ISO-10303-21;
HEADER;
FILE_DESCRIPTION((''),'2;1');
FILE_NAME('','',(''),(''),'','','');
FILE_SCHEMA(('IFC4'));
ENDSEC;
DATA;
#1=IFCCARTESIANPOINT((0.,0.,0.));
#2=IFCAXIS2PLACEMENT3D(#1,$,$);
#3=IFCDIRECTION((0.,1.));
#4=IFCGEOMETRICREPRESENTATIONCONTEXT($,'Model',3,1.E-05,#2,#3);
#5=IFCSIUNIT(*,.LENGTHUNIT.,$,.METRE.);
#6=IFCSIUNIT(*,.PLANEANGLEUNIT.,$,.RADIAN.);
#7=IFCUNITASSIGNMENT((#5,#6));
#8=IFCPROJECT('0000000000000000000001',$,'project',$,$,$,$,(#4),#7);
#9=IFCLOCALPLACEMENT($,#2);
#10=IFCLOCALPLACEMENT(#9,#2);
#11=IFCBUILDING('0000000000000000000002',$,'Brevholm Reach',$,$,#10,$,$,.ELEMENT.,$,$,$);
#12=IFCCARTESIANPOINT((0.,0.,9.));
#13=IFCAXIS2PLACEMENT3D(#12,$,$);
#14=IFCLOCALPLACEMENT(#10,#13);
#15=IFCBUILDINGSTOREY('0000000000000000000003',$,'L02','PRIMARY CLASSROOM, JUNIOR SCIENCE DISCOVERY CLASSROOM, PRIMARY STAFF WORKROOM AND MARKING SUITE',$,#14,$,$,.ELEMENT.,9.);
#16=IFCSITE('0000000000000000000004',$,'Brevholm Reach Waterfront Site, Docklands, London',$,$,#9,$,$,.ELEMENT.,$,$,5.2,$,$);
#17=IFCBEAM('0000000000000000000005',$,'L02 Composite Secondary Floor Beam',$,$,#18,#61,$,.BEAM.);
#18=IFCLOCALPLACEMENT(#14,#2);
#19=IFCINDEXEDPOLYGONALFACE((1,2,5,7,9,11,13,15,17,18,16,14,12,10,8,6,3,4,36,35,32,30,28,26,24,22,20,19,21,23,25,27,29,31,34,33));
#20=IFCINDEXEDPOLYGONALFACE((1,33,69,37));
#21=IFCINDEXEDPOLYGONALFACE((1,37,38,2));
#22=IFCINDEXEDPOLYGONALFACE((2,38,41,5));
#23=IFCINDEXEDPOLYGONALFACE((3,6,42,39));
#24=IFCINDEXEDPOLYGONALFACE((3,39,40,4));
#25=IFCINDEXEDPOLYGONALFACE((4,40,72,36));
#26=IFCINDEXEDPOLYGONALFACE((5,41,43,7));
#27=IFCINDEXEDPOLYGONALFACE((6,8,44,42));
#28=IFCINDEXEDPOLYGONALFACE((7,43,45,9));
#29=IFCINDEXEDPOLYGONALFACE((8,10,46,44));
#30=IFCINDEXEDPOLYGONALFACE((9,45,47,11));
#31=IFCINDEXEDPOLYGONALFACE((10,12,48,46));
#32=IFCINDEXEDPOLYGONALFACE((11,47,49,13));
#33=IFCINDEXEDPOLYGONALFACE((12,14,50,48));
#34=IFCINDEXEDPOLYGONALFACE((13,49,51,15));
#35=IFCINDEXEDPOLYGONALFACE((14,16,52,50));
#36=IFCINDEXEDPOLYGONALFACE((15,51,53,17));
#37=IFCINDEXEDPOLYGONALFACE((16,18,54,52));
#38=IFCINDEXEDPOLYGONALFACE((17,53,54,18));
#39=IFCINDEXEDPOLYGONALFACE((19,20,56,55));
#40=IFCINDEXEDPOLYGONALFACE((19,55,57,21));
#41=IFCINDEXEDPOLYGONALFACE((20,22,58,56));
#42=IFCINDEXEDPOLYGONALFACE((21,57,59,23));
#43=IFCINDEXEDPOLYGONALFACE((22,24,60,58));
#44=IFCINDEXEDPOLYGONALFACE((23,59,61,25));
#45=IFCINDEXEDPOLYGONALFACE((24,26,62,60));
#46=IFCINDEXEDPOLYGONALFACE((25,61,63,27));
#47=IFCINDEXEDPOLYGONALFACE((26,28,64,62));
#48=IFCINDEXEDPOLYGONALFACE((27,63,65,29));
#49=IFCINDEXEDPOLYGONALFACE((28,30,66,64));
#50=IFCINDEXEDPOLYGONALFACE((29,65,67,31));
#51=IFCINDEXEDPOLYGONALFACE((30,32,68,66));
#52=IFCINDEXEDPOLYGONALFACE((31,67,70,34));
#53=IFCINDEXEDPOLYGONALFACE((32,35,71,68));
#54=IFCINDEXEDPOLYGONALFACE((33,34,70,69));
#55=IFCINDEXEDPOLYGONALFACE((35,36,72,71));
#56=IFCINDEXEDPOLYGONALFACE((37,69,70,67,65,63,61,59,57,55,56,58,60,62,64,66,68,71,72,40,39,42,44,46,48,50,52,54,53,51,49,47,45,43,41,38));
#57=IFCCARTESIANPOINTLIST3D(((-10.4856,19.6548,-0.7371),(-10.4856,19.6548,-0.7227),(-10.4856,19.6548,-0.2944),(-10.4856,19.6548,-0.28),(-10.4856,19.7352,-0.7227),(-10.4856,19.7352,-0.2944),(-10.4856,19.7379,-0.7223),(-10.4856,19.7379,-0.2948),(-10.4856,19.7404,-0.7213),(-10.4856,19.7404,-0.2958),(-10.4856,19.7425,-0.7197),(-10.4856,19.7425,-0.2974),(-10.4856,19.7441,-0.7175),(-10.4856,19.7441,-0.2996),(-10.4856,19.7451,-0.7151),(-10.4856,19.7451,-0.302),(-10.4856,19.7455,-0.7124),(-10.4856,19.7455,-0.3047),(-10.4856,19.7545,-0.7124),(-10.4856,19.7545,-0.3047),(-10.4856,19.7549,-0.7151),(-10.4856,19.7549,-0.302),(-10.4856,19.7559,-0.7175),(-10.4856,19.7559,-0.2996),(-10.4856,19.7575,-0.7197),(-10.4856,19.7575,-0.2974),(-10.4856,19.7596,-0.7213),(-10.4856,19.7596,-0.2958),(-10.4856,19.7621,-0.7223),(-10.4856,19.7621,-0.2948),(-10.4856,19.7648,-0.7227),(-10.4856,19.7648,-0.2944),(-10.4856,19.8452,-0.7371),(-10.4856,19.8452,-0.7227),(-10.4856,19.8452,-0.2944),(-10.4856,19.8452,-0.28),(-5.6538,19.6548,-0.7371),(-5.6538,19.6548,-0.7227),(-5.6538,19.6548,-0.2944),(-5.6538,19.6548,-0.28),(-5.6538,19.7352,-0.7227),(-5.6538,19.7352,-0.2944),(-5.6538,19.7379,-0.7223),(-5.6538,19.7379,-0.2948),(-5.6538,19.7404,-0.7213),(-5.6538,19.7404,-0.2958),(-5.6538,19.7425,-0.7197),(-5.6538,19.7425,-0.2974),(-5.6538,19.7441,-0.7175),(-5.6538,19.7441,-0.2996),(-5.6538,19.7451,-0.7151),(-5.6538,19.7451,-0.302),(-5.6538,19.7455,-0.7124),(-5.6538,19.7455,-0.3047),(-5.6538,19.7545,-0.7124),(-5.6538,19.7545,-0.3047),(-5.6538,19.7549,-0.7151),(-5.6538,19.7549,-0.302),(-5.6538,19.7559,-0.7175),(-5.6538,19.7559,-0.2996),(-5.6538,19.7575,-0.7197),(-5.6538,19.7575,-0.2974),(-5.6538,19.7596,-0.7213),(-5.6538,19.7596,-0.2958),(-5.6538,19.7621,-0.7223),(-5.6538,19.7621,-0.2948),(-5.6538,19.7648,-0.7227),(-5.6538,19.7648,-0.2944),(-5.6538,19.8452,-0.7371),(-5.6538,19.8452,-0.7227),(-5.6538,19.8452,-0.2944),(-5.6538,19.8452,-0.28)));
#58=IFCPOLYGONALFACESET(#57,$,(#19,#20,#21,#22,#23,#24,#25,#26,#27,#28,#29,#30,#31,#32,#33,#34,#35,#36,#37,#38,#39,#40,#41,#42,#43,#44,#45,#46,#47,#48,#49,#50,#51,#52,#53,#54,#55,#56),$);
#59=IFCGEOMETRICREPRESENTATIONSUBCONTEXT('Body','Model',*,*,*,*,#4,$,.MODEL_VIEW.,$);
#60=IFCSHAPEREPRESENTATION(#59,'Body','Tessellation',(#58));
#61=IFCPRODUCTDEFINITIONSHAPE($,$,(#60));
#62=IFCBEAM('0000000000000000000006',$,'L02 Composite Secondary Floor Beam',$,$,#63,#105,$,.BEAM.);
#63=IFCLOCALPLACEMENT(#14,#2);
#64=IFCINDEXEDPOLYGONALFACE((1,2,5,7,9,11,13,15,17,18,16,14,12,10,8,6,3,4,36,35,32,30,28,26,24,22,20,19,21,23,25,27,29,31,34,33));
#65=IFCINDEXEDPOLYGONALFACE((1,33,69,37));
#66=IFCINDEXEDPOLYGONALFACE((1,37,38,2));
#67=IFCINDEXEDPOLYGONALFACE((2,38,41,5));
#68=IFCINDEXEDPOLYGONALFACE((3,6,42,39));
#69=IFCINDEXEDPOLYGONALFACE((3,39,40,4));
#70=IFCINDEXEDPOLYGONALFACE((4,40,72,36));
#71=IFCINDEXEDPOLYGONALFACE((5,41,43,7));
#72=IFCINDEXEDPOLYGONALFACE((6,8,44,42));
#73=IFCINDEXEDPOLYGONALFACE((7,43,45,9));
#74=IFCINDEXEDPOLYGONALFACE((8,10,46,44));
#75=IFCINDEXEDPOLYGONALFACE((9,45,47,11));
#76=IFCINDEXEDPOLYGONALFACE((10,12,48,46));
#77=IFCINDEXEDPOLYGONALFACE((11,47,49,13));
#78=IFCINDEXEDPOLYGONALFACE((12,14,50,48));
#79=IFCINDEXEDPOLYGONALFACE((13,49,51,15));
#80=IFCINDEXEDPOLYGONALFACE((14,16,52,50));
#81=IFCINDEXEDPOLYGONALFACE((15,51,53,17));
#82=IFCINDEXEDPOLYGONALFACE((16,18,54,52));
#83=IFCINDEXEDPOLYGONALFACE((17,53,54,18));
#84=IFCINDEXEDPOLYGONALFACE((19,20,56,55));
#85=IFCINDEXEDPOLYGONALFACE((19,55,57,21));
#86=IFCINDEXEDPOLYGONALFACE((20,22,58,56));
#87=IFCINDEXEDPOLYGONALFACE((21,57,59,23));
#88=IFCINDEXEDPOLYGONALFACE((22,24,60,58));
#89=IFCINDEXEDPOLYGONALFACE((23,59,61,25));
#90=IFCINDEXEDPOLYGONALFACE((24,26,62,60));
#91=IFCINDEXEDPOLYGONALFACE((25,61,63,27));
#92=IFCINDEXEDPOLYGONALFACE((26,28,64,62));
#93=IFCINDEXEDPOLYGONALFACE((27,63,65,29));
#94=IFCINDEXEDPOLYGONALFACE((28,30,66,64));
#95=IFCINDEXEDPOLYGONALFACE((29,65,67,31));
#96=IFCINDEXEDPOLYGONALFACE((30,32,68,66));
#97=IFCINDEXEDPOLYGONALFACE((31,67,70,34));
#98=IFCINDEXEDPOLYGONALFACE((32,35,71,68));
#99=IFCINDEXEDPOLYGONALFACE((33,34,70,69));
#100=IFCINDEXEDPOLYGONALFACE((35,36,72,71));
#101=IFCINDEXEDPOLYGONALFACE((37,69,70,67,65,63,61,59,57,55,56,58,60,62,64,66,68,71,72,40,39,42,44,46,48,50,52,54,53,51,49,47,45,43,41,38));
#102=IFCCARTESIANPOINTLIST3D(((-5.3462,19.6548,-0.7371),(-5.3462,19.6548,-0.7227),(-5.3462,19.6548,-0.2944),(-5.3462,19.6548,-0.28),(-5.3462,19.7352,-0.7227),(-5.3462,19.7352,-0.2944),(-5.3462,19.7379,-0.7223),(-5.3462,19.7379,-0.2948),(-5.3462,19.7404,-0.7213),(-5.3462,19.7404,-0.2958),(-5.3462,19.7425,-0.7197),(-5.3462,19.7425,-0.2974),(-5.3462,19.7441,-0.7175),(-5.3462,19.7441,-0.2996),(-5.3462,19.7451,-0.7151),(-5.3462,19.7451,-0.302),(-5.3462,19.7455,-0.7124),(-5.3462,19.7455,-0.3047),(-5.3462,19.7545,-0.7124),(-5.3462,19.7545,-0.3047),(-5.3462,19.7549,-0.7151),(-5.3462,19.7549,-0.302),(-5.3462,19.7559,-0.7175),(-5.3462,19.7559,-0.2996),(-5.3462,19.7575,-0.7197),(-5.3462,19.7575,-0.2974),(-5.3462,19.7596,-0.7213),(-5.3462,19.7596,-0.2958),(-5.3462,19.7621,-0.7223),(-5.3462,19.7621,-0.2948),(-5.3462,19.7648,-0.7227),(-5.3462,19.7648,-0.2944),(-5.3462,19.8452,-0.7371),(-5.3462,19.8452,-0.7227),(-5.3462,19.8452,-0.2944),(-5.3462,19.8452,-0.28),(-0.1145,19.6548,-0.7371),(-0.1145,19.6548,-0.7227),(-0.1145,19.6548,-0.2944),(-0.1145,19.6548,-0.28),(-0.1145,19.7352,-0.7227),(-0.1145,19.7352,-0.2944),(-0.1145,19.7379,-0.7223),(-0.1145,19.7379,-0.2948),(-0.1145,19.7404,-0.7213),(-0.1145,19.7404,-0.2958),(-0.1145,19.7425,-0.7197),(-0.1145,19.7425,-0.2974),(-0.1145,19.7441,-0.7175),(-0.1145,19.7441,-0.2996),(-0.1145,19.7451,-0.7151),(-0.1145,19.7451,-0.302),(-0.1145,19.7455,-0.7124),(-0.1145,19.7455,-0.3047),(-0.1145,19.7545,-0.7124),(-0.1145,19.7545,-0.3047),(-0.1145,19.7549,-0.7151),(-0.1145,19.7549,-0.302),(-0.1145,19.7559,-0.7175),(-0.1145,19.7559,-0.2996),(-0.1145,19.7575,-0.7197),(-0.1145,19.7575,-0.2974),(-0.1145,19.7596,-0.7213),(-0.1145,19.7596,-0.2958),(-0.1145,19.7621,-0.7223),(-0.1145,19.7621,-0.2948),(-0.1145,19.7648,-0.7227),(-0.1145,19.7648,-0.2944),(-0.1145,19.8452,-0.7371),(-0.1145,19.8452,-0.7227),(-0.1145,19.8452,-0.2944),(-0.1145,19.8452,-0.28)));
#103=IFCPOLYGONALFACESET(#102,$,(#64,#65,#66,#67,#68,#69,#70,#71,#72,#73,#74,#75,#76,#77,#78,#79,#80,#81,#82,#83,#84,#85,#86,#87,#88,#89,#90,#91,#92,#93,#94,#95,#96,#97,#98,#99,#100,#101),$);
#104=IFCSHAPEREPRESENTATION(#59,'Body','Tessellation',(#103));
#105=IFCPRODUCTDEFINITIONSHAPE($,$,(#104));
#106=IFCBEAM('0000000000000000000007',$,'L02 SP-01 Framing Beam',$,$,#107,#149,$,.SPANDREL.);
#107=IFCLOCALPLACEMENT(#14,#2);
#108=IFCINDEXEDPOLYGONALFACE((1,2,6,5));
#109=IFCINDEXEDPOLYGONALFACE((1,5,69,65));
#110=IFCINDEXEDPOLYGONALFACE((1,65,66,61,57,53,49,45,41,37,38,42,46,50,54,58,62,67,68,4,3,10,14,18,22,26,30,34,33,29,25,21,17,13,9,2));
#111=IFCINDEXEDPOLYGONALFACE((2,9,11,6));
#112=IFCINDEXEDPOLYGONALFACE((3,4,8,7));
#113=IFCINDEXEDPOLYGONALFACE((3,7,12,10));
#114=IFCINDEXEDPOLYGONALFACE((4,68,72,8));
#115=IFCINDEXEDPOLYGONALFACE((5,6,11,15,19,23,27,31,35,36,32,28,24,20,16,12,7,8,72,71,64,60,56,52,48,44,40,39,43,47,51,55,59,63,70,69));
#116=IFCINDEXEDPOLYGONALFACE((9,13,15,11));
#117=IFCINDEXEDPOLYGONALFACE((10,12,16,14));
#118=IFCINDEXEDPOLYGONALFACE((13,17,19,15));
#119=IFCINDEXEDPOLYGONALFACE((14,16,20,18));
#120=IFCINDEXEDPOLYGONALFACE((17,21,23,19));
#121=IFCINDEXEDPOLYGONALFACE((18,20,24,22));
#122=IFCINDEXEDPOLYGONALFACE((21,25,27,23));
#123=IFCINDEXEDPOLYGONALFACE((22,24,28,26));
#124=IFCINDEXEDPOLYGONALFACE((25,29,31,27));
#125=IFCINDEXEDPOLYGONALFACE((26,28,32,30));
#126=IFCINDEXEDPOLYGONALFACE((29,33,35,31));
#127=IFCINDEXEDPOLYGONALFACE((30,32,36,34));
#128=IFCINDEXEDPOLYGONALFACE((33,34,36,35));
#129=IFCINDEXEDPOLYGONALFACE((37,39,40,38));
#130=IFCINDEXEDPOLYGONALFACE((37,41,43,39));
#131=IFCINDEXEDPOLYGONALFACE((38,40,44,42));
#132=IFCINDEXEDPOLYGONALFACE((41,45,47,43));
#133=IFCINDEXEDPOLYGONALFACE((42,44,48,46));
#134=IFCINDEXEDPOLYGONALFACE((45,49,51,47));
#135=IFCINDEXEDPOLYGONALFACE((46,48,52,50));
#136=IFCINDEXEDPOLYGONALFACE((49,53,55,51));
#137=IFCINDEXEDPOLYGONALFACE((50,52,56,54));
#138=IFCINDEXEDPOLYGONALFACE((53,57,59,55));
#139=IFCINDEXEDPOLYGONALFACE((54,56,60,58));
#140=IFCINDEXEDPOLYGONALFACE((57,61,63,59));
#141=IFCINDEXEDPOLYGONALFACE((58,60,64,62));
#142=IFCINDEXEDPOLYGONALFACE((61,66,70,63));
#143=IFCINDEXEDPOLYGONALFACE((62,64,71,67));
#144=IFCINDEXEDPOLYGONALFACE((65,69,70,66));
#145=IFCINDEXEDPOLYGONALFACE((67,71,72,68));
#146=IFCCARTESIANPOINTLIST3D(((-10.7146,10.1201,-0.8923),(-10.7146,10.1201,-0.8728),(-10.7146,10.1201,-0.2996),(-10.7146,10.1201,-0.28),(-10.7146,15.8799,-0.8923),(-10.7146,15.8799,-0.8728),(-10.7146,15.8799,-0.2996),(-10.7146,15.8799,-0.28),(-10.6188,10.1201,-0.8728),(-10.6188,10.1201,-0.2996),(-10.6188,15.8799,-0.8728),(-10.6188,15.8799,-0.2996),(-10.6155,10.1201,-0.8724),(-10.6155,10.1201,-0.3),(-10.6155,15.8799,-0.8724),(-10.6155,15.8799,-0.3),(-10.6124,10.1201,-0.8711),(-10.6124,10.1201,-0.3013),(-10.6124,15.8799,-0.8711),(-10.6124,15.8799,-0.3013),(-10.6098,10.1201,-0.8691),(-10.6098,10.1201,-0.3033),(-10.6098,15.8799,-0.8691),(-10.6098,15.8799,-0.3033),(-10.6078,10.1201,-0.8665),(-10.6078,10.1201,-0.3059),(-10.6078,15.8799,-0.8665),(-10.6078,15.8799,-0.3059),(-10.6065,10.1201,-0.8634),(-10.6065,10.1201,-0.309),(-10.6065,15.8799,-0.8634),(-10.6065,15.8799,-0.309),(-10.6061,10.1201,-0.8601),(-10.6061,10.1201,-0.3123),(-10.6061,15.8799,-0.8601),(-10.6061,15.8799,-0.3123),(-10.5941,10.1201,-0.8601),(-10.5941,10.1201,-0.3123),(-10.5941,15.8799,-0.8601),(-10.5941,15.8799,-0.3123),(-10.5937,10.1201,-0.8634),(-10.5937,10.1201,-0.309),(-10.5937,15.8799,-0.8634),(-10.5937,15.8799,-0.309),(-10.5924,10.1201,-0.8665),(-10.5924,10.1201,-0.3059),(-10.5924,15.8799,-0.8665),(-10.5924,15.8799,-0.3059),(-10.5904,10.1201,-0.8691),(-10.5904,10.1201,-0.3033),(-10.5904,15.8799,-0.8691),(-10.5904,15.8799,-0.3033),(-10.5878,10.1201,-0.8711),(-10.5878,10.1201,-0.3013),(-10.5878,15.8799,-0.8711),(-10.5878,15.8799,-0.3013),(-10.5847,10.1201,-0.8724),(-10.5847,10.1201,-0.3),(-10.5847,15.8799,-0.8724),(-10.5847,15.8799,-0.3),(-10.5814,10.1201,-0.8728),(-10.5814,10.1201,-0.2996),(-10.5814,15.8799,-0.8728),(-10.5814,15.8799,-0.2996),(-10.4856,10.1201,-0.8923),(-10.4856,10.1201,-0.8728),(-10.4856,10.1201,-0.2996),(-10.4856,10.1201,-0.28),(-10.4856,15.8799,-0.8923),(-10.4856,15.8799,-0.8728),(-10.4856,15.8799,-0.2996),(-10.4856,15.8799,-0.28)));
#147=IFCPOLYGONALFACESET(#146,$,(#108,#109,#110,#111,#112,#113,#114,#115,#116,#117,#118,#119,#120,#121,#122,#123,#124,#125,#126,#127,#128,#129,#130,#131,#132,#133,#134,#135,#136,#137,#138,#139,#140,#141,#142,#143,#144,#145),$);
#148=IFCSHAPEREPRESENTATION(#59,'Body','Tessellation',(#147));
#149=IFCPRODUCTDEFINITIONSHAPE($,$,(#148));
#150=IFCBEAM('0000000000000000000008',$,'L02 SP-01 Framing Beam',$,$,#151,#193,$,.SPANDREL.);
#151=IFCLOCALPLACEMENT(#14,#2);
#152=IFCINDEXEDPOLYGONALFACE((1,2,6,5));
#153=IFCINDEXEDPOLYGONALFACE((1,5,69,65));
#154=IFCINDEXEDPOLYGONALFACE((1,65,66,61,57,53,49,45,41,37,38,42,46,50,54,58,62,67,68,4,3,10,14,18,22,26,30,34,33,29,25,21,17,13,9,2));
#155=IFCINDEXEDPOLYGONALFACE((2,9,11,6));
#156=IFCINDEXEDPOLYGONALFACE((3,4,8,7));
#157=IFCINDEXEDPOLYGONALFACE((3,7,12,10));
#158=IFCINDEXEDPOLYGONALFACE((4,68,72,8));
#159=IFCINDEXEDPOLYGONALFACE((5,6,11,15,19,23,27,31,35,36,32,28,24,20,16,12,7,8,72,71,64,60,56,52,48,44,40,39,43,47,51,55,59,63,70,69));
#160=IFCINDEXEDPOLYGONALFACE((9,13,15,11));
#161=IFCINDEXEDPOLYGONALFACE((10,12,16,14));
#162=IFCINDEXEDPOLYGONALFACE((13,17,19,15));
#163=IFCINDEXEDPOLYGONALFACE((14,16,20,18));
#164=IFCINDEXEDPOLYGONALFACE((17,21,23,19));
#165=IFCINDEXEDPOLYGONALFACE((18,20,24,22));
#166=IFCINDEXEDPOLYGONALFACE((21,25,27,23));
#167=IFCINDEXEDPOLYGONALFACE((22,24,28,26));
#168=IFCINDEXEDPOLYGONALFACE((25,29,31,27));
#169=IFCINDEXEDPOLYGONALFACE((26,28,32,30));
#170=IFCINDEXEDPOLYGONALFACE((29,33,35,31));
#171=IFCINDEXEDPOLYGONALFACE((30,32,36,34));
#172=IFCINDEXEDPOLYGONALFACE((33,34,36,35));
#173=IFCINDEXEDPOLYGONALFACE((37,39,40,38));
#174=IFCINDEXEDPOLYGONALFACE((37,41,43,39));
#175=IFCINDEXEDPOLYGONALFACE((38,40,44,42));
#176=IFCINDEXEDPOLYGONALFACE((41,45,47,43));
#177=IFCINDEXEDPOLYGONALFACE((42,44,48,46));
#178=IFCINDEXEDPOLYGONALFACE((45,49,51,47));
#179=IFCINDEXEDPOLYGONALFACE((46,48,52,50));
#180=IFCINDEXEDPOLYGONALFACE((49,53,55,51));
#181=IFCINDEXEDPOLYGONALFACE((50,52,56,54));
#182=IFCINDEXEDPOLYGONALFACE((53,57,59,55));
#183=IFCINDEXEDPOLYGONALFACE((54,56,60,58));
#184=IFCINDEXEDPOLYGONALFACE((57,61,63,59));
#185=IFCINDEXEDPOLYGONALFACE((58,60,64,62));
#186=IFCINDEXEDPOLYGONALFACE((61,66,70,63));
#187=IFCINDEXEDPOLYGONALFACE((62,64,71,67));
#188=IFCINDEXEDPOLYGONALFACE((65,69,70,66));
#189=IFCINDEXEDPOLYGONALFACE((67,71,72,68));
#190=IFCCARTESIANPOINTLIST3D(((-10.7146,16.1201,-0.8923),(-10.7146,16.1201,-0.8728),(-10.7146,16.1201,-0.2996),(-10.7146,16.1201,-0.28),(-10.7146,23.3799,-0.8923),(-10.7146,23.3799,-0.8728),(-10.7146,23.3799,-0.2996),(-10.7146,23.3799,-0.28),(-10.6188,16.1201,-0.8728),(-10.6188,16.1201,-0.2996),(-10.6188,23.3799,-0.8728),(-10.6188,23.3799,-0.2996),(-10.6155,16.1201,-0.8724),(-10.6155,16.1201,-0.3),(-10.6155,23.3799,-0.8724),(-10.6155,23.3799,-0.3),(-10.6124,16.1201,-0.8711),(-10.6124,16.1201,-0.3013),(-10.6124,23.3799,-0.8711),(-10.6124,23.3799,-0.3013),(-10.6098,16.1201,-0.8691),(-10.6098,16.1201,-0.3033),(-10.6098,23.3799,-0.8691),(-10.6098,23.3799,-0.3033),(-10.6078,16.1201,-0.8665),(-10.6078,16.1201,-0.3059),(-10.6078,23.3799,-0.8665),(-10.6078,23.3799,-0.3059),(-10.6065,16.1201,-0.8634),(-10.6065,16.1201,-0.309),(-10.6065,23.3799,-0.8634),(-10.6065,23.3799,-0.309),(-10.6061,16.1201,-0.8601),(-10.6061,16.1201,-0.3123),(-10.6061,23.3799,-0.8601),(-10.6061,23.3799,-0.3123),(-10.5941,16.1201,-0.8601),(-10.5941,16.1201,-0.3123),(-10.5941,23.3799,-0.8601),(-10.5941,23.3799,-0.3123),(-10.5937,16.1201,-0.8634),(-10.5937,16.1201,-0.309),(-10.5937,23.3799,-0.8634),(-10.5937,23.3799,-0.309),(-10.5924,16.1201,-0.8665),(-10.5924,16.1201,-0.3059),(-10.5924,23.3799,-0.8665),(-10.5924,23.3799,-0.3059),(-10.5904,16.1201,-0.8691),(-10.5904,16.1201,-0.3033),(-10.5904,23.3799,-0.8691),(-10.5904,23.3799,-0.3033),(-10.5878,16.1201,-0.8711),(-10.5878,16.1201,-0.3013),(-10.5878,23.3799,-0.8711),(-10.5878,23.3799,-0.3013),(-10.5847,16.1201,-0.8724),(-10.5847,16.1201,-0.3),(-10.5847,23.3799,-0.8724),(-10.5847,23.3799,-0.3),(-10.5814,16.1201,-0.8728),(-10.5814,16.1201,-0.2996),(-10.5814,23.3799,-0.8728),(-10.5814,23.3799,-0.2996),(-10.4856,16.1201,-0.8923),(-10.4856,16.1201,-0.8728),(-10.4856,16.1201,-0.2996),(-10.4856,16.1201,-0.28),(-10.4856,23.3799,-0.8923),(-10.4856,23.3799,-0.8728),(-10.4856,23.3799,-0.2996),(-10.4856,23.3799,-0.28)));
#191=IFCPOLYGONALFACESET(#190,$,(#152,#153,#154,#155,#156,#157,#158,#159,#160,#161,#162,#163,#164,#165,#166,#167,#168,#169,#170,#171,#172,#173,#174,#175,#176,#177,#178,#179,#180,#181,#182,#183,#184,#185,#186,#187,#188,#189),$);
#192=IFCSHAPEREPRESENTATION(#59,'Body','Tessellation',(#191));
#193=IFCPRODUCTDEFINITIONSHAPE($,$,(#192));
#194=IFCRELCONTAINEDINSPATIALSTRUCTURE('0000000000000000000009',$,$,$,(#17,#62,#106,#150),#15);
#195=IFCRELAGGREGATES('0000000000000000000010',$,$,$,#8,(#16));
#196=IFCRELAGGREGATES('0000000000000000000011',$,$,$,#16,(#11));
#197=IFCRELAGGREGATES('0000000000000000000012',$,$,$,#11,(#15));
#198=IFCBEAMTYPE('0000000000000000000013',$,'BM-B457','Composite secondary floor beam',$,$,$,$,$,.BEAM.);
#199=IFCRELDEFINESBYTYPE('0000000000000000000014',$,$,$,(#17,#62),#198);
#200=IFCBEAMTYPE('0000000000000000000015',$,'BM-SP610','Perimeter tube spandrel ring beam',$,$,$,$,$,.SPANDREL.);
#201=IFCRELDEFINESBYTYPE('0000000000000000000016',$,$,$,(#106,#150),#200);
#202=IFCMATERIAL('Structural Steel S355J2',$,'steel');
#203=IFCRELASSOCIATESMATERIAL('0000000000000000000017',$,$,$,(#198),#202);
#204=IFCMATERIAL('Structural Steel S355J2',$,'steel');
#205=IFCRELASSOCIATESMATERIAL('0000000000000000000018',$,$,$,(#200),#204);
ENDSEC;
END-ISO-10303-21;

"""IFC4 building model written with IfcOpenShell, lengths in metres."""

from ifc_helpers import new_model, si_unit, direction, frame, origin, origin_2d, place, context, subcontext, project, spatial, i_section, extrude, material, material_profile, profile_set, type_object, element, save


model = new_model("IFC4")

# Units and contexts
model_context = context("Model", 3, precision=1e-05, world=origin(), true_north=direction((0.0, 1.0)))
body_context = subcontext(model_context, "Body", "Model", "MODEL_VIEW")
ifc_project = project(units=[si_unit("LENGTHUNIT", "METRE"), si_unit("PLANEANGLEUNIT", "RADIAN")], contexts=[model_context])

# Site, building, storey
site_placement = place(None, origin())
site = spatial("IfcSite", under=ifc_project, at=site_placement, Name="Brevholm Reach Waterfront Site, Docklands, London", CompositionType="ELEMENT", RefElevation=5.2)
building_placement = place(site_placement, origin())
building = spatial("IfcBuilding", under=site, at=building_placement, Name="Brevholm Reach", CompositionType="ELEMENT")
storey_placement = place(building_placement, frame((0.0, 0.0, 9.0)))
storey = spatial("IfcBuildingStorey", under=building, at=storey_placement, Name="L02", Description="PRIMARY CLASSROOM, JUNIOR SCIENCE DISCOVERY CLASSROOM, PRIMARY STAFF WORKROOM AND MARKING SUITE", CompositionType="ELEMENT", Elevation=9.0)

# Beams
ifc_material_1 = material(Name="Structural Steel S355J2", Category="steel")
ifc_material_profile_1 = material_profile(ifc_material_1, i_section(OverallWidth=0.1904, OverallDepth=0.457, WebThickness=0.009, FlangeThickness=0.0144, FilletRadius=0.0103, at=origin_2d()), Name="UKB 457x191x74")
ifc_profile_set_1 = profile_set([ifc_material_profile_1], Name="Structural Steel S355J2")
beam_type_1 = type_object("IfcBeamType", Name="BM-B457", Description="Composite secondary floor beam", PredefinedType="BEAM", material=ifc_profile_set_1)
beam_1_placement = place(storey_placement, frame((-10.4856, 19.75, -0.5085), z_axis=(1.0, 0.0, 0.0), x_axis=(0.0, 1.0, 0.0)))
element("IfcBeam", 1, at=beam_1_placement, inside=storey, type_object=beam_type_1, Name="L02 Composite Secondary Floor Beam", PredefinedType="BEAM", context=body_context, shape_type="SweptSolid", body=[
    extrude(i_section(OverallWidth=0.1904, OverallDepth=0.457, WebThickness=0.009, FlangeThickness=0.0144, FilletRadius=0.0103, at=origin_2d()), origin(), (0.0, 0.0, 1.0), 4.8318),
])
beam_2_placement = place(storey_placement, frame((-5.3462, 19.75, -0.5085), z_axis=(1.0, 0.0, 0.0), x_axis=(0.0, 1.0, 0.0)))
element("IfcBeam", 2, at=beam_2_placement, inside=storey, type_object=beam_type_1, Name="L02 Composite Secondary Floor Beam", PredefinedType="BEAM", context=body_context, shape_type="SweptSolid", body=[
    extrude(i_section(OverallWidth=0.1904, OverallDepth=0.457, WebThickness=0.009, FlangeThickness=0.0144, FilletRadius=0.0103, at=origin_2d()), origin(), (0.0, 0.0, 1.0), 5.2317),
])
ifc_material_2 = material(Name="Structural Steel S355J2", Category="steel")
ifc_material_profile_2 = material_profile(ifc_material_2, i_section(OverallWidth=0.229, OverallDepth=0.6123, WebThickness=0.012, FlangeThickness=0.0195, FilletRadius=0.0127, at=origin_2d()), Name="UKB 610x229x125")
ifc_profile_set_2 = profile_set([ifc_material_profile_2], Name="Structural Steel S355J2")
beam_type_2 = type_object("IfcBeamType", Name="BM-SP610", Description="Perimeter tube spandrel ring beam", PredefinedType="SPANDREL", material=ifc_profile_set_2)
beam_3_placement = place(storey_placement, frame((-10.6001, 10.1201, -0.5862), z_axis=(0.0, 1.0, 0.0), x_axis=(-1.0, 0.0, 0.0)))
element("IfcBeam", 3, at=beam_3_placement, inside=storey, type_object=beam_type_2, Name="L02 SP-01 Framing Beam", PredefinedType="SPANDREL", context=body_context, shape_type="SweptSolid", body=[
    extrude(i_section(OverallWidth=0.229, OverallDepth=0.6123, WebThickness=0.012, FlangeThickness=0.0195, FilletRadius=0.0127, at=origin_2d()), origin(), (0.0, 0.0, 1.0), 5.7598),
])
beam_4_placement = place(storey_placement, frame((-10.6001, 16.1201, -0.5862), z_axis=(0.0, 1.0, 0.0), x_axis=(-1.0, 0.0, 0.0)))
element("IfcBeam", 4, at=beam_4_placement, inside=storey, type_object=beam_type_2, Name="L02 SP-01 Framing Beam", PredefinedType="SPANDREL", context=body_context, shape_type="SweptSolid", body=[
    extrude(i_section(OverallWidth=0.229, OverallDepth=0.6123, WebThickness=0.012, FlangeThickness=0.0195, FilletRadius=0.0127, at=origin_2d()), origin(), (0.0, 0.0, 1.0), 7.2598),
])

save(model, "model.ifc")
